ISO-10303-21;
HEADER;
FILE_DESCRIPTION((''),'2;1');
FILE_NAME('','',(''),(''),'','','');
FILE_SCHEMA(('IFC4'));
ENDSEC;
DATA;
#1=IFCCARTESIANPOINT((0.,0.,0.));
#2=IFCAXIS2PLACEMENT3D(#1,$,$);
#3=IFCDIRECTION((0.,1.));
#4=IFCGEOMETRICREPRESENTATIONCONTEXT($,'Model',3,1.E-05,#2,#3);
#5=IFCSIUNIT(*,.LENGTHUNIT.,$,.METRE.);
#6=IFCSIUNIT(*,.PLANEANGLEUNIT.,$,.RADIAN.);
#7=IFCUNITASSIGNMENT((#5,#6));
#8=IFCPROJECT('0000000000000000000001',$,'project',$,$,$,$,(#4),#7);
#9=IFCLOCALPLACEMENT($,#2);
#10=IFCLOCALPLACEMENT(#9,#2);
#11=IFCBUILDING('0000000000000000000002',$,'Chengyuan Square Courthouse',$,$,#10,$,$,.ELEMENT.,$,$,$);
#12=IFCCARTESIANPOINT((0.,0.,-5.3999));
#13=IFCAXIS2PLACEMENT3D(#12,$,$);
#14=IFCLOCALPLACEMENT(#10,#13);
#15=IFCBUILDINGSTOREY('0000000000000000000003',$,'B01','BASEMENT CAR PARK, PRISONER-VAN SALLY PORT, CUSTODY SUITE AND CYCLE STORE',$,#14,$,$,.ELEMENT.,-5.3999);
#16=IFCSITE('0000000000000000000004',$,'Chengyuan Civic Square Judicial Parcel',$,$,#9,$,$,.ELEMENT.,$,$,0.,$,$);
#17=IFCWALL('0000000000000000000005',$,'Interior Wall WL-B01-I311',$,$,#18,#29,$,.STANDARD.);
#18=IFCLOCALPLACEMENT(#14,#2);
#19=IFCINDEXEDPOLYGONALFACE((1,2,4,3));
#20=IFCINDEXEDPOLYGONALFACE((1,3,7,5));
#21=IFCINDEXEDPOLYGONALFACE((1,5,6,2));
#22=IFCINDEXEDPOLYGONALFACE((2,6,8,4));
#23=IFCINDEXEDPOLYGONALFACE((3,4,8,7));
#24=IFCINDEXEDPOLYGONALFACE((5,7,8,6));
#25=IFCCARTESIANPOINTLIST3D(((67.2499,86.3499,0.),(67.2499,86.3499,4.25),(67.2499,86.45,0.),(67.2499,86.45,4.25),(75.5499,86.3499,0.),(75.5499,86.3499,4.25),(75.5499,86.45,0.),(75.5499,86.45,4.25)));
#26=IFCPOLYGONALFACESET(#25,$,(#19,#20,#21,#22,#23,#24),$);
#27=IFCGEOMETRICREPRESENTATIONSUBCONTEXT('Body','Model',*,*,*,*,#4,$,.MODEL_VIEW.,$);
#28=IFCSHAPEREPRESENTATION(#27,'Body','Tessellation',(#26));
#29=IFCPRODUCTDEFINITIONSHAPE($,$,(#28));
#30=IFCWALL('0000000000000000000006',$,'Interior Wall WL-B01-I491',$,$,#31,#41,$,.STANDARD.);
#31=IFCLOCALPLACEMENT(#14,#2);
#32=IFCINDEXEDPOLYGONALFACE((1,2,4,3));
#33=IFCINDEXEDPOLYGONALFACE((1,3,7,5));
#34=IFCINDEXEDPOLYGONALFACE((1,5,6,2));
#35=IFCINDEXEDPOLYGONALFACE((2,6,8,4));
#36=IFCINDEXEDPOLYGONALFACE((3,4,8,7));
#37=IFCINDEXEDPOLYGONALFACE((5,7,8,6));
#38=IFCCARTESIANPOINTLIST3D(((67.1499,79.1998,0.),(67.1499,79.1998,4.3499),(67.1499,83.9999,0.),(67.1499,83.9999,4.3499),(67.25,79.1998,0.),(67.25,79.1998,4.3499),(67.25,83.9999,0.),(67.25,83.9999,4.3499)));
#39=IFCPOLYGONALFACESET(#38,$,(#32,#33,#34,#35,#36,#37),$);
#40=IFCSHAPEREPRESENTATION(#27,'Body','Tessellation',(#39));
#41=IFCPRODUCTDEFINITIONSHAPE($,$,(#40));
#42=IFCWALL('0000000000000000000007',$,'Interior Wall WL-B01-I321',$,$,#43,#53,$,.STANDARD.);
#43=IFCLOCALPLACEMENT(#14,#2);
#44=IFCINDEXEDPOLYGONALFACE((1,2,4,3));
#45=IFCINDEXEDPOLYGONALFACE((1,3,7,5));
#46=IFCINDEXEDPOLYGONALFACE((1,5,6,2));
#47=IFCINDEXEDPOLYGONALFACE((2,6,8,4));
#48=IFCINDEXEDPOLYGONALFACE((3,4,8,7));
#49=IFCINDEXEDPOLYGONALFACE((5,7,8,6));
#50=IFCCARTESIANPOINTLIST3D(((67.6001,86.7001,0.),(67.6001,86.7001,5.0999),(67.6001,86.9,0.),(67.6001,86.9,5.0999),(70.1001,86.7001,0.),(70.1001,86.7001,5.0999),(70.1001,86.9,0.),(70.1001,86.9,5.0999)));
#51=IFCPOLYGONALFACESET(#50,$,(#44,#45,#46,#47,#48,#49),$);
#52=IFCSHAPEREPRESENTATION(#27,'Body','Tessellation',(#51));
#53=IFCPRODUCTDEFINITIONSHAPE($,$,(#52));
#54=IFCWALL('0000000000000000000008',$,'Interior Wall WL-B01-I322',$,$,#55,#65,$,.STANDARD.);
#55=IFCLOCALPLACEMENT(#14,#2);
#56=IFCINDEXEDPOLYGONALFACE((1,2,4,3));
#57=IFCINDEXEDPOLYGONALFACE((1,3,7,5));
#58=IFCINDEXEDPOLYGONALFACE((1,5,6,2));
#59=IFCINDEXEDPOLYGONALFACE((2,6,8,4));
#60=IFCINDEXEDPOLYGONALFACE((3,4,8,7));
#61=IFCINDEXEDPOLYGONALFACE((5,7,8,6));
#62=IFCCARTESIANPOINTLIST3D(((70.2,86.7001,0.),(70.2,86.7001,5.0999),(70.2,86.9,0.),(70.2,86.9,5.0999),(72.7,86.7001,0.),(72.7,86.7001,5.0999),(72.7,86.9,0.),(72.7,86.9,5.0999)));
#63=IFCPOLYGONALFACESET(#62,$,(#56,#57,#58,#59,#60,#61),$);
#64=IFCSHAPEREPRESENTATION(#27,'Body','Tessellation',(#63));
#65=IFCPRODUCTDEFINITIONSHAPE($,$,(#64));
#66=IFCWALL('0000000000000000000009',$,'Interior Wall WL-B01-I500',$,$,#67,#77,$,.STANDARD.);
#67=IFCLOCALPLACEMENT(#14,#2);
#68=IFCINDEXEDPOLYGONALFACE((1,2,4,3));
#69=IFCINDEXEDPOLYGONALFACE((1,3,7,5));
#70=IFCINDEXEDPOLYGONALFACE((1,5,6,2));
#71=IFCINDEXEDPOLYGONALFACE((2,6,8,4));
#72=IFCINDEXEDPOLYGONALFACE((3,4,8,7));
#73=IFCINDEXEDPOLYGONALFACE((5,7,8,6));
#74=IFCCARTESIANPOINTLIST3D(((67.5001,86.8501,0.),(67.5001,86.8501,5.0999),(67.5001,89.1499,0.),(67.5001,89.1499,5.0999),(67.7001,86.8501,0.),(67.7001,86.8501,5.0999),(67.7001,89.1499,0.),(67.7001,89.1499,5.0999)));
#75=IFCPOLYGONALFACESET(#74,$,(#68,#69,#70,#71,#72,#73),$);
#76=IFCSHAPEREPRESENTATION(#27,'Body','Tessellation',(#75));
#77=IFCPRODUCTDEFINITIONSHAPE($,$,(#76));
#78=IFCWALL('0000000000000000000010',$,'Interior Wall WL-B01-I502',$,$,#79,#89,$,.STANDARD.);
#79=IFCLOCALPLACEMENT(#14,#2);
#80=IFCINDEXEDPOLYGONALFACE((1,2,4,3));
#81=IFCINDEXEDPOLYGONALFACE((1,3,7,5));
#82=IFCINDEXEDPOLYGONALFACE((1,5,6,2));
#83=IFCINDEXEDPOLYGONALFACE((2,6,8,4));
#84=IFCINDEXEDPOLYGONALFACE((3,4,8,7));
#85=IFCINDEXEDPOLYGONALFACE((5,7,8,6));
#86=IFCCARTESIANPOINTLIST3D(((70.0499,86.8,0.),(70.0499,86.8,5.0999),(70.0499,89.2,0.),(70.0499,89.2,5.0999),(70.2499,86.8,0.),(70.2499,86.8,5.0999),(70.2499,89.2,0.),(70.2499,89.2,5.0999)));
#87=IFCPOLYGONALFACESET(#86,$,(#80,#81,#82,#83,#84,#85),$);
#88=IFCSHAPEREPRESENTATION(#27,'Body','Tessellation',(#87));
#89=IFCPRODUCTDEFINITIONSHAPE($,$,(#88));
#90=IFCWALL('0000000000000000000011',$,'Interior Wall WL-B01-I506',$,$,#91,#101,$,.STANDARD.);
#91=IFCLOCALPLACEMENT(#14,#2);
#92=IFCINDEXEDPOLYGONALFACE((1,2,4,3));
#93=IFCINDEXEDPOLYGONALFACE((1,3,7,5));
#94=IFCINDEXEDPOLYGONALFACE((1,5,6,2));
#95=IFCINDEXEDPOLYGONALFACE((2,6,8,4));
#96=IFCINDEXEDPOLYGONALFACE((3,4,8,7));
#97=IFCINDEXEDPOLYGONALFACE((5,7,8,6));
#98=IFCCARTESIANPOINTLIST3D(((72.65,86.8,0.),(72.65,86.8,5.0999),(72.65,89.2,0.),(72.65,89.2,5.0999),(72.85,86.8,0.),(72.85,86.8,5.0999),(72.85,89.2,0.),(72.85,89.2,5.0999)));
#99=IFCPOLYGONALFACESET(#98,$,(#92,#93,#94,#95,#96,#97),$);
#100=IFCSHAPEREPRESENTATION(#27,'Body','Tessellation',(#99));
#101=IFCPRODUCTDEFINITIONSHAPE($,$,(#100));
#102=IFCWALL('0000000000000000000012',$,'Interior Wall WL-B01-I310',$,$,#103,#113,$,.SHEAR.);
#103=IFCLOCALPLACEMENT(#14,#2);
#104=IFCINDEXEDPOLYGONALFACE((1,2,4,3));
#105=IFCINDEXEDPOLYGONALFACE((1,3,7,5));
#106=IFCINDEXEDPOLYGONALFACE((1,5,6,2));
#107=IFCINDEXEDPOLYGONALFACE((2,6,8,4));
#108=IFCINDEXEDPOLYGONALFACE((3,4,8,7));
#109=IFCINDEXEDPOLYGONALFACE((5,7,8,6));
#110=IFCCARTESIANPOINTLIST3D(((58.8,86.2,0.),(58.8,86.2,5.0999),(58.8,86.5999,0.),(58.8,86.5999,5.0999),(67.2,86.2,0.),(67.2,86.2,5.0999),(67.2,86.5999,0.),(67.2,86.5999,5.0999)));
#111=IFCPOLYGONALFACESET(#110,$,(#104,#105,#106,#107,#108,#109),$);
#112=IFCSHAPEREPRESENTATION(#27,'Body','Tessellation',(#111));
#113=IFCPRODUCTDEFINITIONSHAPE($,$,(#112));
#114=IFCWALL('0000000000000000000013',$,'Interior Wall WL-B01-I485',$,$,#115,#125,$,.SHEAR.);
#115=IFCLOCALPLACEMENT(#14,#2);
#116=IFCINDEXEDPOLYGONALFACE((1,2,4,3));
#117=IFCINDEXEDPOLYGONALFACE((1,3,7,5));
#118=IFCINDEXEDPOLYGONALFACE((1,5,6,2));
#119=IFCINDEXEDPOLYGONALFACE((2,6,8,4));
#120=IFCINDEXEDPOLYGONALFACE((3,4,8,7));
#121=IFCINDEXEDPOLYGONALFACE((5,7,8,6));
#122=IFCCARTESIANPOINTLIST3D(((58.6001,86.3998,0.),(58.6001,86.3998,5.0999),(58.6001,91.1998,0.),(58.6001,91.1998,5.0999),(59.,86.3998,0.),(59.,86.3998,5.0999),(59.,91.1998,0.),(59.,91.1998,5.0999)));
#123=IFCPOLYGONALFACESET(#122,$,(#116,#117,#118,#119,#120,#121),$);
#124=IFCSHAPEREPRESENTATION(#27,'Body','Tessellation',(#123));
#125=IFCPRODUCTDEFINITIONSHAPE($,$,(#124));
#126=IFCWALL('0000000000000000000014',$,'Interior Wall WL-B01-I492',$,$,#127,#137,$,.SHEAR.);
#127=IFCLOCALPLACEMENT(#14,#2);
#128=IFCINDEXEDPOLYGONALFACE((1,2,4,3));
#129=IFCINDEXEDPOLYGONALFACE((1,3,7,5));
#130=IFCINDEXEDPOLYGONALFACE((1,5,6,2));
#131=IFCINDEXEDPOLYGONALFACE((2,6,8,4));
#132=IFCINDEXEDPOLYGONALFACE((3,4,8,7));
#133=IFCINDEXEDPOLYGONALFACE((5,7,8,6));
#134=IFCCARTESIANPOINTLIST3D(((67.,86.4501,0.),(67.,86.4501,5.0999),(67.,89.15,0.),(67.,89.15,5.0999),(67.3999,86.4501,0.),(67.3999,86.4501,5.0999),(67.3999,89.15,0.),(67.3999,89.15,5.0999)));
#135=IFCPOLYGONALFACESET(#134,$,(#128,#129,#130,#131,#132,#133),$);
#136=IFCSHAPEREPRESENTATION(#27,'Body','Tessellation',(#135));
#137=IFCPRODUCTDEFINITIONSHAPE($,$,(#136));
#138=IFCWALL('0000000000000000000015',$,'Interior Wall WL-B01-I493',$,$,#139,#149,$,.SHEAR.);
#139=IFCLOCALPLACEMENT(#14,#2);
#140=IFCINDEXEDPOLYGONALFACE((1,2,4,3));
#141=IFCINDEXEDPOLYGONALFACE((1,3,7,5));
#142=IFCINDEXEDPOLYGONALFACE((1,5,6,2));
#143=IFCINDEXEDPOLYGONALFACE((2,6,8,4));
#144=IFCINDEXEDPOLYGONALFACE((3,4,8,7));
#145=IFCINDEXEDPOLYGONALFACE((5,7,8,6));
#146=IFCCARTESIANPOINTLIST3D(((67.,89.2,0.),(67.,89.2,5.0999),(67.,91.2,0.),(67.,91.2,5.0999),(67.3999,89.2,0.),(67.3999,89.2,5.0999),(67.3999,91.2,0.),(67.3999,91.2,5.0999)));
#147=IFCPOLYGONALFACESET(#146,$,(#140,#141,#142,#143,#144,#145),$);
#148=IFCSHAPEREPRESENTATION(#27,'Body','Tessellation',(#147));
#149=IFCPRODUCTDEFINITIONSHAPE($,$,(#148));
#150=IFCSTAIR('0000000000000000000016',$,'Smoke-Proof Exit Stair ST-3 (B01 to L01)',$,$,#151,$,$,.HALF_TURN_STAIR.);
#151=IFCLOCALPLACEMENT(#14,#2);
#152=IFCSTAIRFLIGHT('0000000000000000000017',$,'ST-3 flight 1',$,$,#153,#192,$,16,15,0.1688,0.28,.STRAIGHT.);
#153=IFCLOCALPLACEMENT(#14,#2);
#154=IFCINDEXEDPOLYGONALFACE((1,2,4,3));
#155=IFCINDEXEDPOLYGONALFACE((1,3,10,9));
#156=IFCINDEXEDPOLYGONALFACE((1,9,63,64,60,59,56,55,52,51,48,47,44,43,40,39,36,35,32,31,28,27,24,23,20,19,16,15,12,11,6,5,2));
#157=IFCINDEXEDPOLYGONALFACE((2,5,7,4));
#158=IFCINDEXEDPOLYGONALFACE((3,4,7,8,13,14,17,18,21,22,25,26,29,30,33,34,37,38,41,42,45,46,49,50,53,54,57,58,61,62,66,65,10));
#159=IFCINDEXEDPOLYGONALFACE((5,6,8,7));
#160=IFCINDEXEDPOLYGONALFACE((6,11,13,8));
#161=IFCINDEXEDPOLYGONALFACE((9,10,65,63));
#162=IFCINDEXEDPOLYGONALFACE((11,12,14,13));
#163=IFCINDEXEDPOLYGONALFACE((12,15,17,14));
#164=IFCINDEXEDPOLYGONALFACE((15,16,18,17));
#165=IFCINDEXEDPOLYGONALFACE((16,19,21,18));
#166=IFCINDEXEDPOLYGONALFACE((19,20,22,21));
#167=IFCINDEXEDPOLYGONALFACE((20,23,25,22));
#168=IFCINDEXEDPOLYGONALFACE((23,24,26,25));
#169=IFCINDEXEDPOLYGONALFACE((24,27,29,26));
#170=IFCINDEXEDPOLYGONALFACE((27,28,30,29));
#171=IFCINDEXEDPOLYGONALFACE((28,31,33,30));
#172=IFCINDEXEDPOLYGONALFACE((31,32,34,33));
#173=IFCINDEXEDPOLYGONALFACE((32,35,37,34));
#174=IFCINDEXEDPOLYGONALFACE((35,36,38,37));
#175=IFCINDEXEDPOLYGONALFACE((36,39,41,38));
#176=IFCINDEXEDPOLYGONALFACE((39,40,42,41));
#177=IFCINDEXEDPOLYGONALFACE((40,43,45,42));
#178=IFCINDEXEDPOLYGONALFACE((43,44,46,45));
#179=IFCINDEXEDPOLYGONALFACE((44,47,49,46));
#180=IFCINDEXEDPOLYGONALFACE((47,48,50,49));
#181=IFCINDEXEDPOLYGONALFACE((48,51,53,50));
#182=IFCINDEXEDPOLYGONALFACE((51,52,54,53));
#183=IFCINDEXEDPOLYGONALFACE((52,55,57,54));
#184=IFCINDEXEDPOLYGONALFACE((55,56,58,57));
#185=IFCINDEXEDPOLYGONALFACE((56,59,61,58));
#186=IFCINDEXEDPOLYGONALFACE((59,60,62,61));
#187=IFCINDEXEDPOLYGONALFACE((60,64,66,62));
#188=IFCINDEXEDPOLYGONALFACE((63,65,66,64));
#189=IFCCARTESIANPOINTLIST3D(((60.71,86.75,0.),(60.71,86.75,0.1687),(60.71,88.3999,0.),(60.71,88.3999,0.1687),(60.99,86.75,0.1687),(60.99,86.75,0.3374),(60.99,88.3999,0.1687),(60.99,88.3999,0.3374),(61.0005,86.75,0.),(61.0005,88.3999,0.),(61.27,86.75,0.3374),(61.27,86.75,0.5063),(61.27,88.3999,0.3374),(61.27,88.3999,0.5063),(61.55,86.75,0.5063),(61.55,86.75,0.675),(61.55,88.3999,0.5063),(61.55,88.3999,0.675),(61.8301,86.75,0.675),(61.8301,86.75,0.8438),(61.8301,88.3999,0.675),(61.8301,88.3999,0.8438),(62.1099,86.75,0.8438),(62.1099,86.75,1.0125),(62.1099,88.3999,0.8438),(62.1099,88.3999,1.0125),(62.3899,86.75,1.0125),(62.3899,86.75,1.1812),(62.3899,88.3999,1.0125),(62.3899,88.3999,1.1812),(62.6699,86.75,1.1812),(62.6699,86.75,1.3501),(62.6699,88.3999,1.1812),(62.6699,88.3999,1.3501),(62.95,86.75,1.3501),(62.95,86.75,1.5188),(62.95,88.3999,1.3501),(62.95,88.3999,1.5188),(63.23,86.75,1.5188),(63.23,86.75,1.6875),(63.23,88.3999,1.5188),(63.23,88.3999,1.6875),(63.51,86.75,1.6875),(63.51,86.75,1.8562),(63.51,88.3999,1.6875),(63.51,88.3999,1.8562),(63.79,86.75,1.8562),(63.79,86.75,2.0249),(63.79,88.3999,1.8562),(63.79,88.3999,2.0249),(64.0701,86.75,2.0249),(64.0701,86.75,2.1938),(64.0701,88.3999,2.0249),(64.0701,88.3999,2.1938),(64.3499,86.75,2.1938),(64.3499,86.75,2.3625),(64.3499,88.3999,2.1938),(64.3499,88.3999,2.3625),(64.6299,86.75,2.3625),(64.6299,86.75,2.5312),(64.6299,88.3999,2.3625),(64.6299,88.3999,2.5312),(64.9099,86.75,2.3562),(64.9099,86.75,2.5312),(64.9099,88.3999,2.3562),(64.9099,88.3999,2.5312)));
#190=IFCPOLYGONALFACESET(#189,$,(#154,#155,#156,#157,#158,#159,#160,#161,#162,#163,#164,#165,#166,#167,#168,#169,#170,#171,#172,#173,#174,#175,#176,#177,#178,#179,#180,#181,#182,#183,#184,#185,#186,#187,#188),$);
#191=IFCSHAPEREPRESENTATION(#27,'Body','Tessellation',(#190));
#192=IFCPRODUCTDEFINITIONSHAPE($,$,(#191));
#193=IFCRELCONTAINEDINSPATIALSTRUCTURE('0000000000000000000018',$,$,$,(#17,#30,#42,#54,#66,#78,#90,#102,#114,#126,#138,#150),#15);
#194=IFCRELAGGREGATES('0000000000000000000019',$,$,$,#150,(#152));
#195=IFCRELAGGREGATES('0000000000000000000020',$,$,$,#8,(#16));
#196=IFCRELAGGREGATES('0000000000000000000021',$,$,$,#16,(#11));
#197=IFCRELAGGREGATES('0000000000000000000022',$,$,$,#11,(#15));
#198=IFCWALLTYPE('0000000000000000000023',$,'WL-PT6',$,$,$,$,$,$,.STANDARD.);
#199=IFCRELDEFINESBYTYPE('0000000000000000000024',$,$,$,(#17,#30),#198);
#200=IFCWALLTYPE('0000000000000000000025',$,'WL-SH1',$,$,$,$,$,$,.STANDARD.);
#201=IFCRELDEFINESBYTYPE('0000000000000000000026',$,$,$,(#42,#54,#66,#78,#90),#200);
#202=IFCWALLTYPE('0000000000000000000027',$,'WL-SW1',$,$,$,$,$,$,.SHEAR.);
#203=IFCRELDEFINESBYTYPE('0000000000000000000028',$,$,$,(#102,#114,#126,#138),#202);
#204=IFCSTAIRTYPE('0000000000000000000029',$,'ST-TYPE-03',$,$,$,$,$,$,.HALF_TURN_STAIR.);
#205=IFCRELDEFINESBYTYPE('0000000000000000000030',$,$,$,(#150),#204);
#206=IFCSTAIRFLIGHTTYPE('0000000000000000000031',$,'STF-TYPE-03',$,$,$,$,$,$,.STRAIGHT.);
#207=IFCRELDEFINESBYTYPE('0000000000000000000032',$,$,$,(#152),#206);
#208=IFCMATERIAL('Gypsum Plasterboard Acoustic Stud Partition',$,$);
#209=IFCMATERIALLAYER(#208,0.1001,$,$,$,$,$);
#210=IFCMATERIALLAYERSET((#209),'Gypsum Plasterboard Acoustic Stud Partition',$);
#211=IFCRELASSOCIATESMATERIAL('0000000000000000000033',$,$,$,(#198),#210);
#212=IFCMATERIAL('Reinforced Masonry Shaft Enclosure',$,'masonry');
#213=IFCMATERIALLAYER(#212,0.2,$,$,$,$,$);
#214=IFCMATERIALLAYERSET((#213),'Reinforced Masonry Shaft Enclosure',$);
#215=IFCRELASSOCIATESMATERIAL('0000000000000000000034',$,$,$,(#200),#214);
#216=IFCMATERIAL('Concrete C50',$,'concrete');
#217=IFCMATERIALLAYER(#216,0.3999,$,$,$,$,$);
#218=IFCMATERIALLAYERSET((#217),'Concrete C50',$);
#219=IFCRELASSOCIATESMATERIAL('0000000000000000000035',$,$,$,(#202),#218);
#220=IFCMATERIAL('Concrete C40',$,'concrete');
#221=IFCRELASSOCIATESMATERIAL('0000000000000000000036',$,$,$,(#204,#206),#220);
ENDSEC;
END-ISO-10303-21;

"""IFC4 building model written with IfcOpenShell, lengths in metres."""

from ifc_helpers import new_model, si_unit, direction, frame, frame_2d, origin, place, context, subcontext, project, spatial, polyline, rectangle, outline, extrude, material, layer, layer_set, type_object, element, aggregate, save


model = new_model("IFC4")

# Units and contexts
model_context = context("Model", 3, precision=1e-05, world=origin(), true_north=direction((0.0, 1.0)))
body_context = subcontext(model_context, "Body", "Model", "MODEL_VIEW")
ifc_project = project(units=[si_unit("LENGTHUNIT", "METRE"), si_unit("PLANEANGLEUNIT", "RADIAN")], contexts=[model_context])

# Site, building, storey
site_placement = place(None, origin())
site = spatial("IfcSite", under=ifc_project, at=site_placement, Name="Chengyuan Civic Square Judicial Parcel", CompositionType="ELEMENT", RefElevation=0.0)
building_placement = place(site_placement, origin())
building = spatial("IfcBuilding", under=site, at=building_placement, Name="Chengyuan Square Courthouse", CompositionType="ELEMENT")
storey_placement = place(building_placement, frame((0.0, 0.0, -5.3999)))
storey = spatial("IfcBuildingStorey", under=building, at=storey_placement, Name="B01", Description="BASEMENT CAR PARK, PRISONER-VAN SALLY PORT, CUSTODY SUITE AND CYCLE STORE", CompositionType="ELEMENT", Elevation=-5.3999)

# Shared definitions
ifc_material_1 = material(Name="Concrete C50", Category="concrete")

# Shared definitions
ifc_material_2 = material(Name="Concrete C40", Category="concrete")

# Walls
ifc_material_3 = material(Name="Gypsum Plasterboard Acoustic Stud Partition")
ifc_layer_1 = layer(ifc_material_3, 0.1001)
ifc_layer_set_1 = layer_set([ifc_layer_1], Name="Gypsum Plasterboard Acoustic Stud Partition")
wall_type_1 = type_object("IfcWallType", Name="WL-PT6", PredefinedType="STANDARD", material=ifc_layer_set_1)
wall_1_placement = place(storey_placement, frame((67.25, 86.3999, 0.0), z_axis=(0.0, 0.0, 1.0), x_axis=(1.0, 0.0, 0.0)))
element("IfcWall", 1, at=wall_1_placement, inside=storey, type_object=wall_type_1, Name="Interior Wall WL-B01-I311", PredefinedType="STANDARD", context=body_context, shape_type="SweptSolid", body=[
    extrude(rectangle(XDim=8.3, YDim=0.1001, at=frame_2d((4.1499, 0.0))), origin(), (0.0, 0.0, 1.0), 4.25),
])
wall_2_placement = place(storey_placement, frame((67.2, 79.2, 0.0), z_axis=(0.0, 0.0, 1.0), x_axis=(0.0, 1.0, 0.0)))
element("IfcWall", 2, at=wall_2_placement, inside=storey, type_object=wall_type_1, Name="Interior Wall WL-B01-I491", PredefinedType="STANDARD", context=body_context, shape_type="SweptSolid", body=[
    extrude(rectangle(XDim=4.8, YDim=0.1001, at=frame_2d((2.3999, 0.0))), origin(), (0.0, 0.0, 1.0), 4.3499),
])
ifc_material_4 = material(Name="Reinforced Masonry Shaft Enclosure", Category="masonry")
ifc_layer_2 = layer(ifc_material_4, 0.2)
ifc_layer_set_2 = layer_set([ifc_layer_2], Name="Reinforced Masonry Shaft Enclosure")
wall_type_2 = type_object("IfcWallType", Name="WL-SH1", PredefinedType="STANDARD", material=ifc_layer_set_2)
for number, where, z_axis, x_axis, name in (
    (3, (67.6001, 86.8, 0.0), (0.0, 0.0, 1.0), (1.0, 0.0, 0.0), "Interior Wall WL-B01-I321"),
    (4, (70.2, 86.8, 0.0), (0.0, 0.0, 1.0), (1.0, 0.0, 0.0), "Interior Wall WL-B01-I322"),
):
    element("IfcWall", number, at=place(storey_placement, frame(where, z_axis=z_axis, x_axis=x_axis)), inside=storey, type_object=wall_type_2, Name=name, PredefinedType="STANDARD", context=body_context, shape_type="SweptSolid", body=[
        extrude(rectangle(XDim=2.5, YDim=0.2, at=frame_2d((1.25, 0.0))), origin(), (0.0, 0.0, 1.0), 5.0999),
    ])

# Walls
wall_3_placement = place(storey_placement, frame((67.6001, 86.8501, 0.0), z_axis=(0.0, 0.0, 1.0), x_axis=(0.0, 1.0, 0.0)))
element("IfcWall", 5, at=wall_3_placement, inside=storey, type_object=wall_type_2, Name="Interior Wall WL-B01-I500", PredefinedType="STANDARD", context=body_context, shape_type="SweptSolid", body=[
    extrude(rectangle(XDim=2.2998, YDim=0.2, at=frame_2d((1.1499, 0.0))), origin(), (0.0, 0.0, 1.0), 5.0999),
])
for number, where, z_axis, x_axis, name in (
    (6, (70.1499, 86.8, 0.0), (0.0, 0.0, 1.0), (0.0, 1.0, 0.0), "Interior Wall WL-B01-I502"),
    (7, (72.75, 86.8, 0.0), (0.0, 0.0, 1.0), (0.0, 1.0, 0.0), "Interior Wall WL-B01-I506"),
):
    element("IfcWall", number, at=place(storey_placement, frame(where, z_axis=z_axis, x_axis=x_axis)), inside=storey, type_object=wall_type_2, Name=name, PredefinedType="STANDARD", context=body_context, shape_type="SweptSolid", body=[
        extrude(rectangle(XDim=2.3999, YDim=0.2, at=frame_2d((1.2, 0.0))), origin(), (0.0, 0.0, 1.0), 5.0999),
    ])
ifc_layer_3 = layer(ifc_material_1, 0.3999)
ifc_layer_set_3 = layer_set([ifc_layer_3], Name="Concrete C50")
wall_type_3 = type_object("IfcWallType", Name="WL-SW1", PredefinedType="SHEAR", material=ifc_layer_set_3)
wall_4_placement = place(storey_placement, frame((58.8, 86.3999, 0.0), z_axis=(0.0, 0.0, 1.0), x_axis=(1.0, 0.0, 0.0)))
element("IfcWall", 8, at=wall_4_placement, inside=storey, type_object=wall_type_3, Name="Interior Wall WL-B01-I310", PredefinedType="SHEAR", context=body_context, shape_type="SweptSolid", body=[
    extrude(rectangle(XDim=8.3999, YDim=0.3999, at=frame_2d((4.2, 0.0))), origin(), (0.0, 0.0, 1.0), 5.0999),
])
wall_5_placement = place(storey_placement, frame((58.8, 86.3999, 0.0), z_axis=(0.0, 0.0, 1.0), x_axis=(0.0, 1.0, 0.0)))
element("IfcWall", 9, at=wall_5_placement, inside=storey, type_object=wall_type_3, Name="Interior Wall WL-B01-I485", PredefinedType="SHEAR", context=body_context, shape_type="SweptSolid", body=[
    extrude(rectangle(XDim=4.8, YDim=0.3999, at=frame_2d((2.3999, 0.0))), origin(), (0.0, 0.0, 1.0), 5.0999),
])
wall_6_placement = place(storey_placement, frame((67.2, 86.45, 0.0), z_axis=(0.0, 0.0, 1.0), x_axis=(0.0, 1.0, 0.0)))
element("IfcWall", 10, at=wall_6_placement, inside=storey, type_object=wall_type_3, Name="Interior Wall WL-B01-I492", PredefinedType="SHEAR", context=body_context, shape_type="SweptSolid", body=[
    extrude(rectangle(XDim=2.7, YDim=0.3999, at=frame_2d((1.3501, 0.0))), origin(), (0.0, 0.0, 1.0), 5.0999),
])
wall_7_placement = place(storey_placement, frame((67.2, 89.2, 0.0), z_axis=(0.0, 0.0, 1.0), x_axis=(0.0, 1.0, 0.0)))
element("IfcWall", 11, at=wall_7_placement, inside=storey, type_object=wall_type_3, Name="Interior Wall WL-B01-I493", PredefinedType="SHEAR", context=body_context, shape_type="SweptSolid", body=[
    extrude(rectangle(XDim=2.0, YDim=0.3999, at=frame_2d((1.0, 0.0))), origin(), (0.0, 0.0, 1.0), 5.0999),
])

# Stair, stair flight
stair_type = type_object("IfcStairType", Name="ST-TYPE-03", PredefinedType="HALF_TURN_STAIR", material=ifc_material_2)
stair_placement = place(storey_placement, origin())
stair = element("IfcStair", 12, at=stair_placement, inside=storey, type_object=stair_type, Name="Smoke-Proof Exit Stair ST-3 (B01 to L01)", PredefinedType="HALF_TURN_STAIR")
stair_flight_type = type_object("IfcStairFlightType", Name="STF-TYPE-03", PredefinedType="STRAIGHT", material=ifc_material_2)
stair_flight_1_placement = place(storey_placement, frame((60.71, 87.575, 0.0), z_axis=(0.0, 0.0, 1.0), x_axis=(1.0, 0.0, 0.0)))
stair_flight_1 = element("IfcStairFlight", 13, at=stair_flight_1_placement, type_object=stair_flight_type, Name="ST-3 flight 1", NumberOfRisers=16, NumberOfTreads=15, PredefinedType="STRAIGHT", RiserHeight=0.1688, TreadLength=0.28, context=body_context, shape_type="SweptSolid", body=[
    extrude(outline(polyline([(0.0, 0.0), (0.0, 0.1687), (0.28, 0.1687), (0.28, 0.3374), (0.5601, 0.3374), (0.5601, 0.5063), (0.8401, 0.5063), (0.8401, 0.675), (1.1201, 0.675), (1.1201, 0.8438), (1.3999, 0.8438), (1.3999, 1.0125), (1.6799, 1.0125), (1.6799, 1.1812), (1.96, 1.1812), (1.96, 1.3501), (2.24, 1.3501), (2.24, 1.5188), (2.52, 1.5188), (2.52, 1.6875), (2.8, 1.6875), (2.8, 1.8562), (3.0801, 1.8562), (3.0801, 2.0249), (3.3601, 2.0249), (3.3601, 2.1938), (3.6399, 2.1938), (3.6399, 2.3625), (3.9199, 2.3625), (3.9199, 2.5312), (4.2, 2.5312), (4.2, 2.7), (4.2, 2.3562), (0.2905, 0.0), (0.0, 0.0)])), frame((0.0, 0.825, 0.0), z_axis=(0.0, -1.0, 0.0), x_axis=(1.0, 0.0, 0.0)), (0.0, 0.0, 1.0), 1.6499),
])
aggregate(stair, [stair_flight_1])

save(model, "model.ifc")
